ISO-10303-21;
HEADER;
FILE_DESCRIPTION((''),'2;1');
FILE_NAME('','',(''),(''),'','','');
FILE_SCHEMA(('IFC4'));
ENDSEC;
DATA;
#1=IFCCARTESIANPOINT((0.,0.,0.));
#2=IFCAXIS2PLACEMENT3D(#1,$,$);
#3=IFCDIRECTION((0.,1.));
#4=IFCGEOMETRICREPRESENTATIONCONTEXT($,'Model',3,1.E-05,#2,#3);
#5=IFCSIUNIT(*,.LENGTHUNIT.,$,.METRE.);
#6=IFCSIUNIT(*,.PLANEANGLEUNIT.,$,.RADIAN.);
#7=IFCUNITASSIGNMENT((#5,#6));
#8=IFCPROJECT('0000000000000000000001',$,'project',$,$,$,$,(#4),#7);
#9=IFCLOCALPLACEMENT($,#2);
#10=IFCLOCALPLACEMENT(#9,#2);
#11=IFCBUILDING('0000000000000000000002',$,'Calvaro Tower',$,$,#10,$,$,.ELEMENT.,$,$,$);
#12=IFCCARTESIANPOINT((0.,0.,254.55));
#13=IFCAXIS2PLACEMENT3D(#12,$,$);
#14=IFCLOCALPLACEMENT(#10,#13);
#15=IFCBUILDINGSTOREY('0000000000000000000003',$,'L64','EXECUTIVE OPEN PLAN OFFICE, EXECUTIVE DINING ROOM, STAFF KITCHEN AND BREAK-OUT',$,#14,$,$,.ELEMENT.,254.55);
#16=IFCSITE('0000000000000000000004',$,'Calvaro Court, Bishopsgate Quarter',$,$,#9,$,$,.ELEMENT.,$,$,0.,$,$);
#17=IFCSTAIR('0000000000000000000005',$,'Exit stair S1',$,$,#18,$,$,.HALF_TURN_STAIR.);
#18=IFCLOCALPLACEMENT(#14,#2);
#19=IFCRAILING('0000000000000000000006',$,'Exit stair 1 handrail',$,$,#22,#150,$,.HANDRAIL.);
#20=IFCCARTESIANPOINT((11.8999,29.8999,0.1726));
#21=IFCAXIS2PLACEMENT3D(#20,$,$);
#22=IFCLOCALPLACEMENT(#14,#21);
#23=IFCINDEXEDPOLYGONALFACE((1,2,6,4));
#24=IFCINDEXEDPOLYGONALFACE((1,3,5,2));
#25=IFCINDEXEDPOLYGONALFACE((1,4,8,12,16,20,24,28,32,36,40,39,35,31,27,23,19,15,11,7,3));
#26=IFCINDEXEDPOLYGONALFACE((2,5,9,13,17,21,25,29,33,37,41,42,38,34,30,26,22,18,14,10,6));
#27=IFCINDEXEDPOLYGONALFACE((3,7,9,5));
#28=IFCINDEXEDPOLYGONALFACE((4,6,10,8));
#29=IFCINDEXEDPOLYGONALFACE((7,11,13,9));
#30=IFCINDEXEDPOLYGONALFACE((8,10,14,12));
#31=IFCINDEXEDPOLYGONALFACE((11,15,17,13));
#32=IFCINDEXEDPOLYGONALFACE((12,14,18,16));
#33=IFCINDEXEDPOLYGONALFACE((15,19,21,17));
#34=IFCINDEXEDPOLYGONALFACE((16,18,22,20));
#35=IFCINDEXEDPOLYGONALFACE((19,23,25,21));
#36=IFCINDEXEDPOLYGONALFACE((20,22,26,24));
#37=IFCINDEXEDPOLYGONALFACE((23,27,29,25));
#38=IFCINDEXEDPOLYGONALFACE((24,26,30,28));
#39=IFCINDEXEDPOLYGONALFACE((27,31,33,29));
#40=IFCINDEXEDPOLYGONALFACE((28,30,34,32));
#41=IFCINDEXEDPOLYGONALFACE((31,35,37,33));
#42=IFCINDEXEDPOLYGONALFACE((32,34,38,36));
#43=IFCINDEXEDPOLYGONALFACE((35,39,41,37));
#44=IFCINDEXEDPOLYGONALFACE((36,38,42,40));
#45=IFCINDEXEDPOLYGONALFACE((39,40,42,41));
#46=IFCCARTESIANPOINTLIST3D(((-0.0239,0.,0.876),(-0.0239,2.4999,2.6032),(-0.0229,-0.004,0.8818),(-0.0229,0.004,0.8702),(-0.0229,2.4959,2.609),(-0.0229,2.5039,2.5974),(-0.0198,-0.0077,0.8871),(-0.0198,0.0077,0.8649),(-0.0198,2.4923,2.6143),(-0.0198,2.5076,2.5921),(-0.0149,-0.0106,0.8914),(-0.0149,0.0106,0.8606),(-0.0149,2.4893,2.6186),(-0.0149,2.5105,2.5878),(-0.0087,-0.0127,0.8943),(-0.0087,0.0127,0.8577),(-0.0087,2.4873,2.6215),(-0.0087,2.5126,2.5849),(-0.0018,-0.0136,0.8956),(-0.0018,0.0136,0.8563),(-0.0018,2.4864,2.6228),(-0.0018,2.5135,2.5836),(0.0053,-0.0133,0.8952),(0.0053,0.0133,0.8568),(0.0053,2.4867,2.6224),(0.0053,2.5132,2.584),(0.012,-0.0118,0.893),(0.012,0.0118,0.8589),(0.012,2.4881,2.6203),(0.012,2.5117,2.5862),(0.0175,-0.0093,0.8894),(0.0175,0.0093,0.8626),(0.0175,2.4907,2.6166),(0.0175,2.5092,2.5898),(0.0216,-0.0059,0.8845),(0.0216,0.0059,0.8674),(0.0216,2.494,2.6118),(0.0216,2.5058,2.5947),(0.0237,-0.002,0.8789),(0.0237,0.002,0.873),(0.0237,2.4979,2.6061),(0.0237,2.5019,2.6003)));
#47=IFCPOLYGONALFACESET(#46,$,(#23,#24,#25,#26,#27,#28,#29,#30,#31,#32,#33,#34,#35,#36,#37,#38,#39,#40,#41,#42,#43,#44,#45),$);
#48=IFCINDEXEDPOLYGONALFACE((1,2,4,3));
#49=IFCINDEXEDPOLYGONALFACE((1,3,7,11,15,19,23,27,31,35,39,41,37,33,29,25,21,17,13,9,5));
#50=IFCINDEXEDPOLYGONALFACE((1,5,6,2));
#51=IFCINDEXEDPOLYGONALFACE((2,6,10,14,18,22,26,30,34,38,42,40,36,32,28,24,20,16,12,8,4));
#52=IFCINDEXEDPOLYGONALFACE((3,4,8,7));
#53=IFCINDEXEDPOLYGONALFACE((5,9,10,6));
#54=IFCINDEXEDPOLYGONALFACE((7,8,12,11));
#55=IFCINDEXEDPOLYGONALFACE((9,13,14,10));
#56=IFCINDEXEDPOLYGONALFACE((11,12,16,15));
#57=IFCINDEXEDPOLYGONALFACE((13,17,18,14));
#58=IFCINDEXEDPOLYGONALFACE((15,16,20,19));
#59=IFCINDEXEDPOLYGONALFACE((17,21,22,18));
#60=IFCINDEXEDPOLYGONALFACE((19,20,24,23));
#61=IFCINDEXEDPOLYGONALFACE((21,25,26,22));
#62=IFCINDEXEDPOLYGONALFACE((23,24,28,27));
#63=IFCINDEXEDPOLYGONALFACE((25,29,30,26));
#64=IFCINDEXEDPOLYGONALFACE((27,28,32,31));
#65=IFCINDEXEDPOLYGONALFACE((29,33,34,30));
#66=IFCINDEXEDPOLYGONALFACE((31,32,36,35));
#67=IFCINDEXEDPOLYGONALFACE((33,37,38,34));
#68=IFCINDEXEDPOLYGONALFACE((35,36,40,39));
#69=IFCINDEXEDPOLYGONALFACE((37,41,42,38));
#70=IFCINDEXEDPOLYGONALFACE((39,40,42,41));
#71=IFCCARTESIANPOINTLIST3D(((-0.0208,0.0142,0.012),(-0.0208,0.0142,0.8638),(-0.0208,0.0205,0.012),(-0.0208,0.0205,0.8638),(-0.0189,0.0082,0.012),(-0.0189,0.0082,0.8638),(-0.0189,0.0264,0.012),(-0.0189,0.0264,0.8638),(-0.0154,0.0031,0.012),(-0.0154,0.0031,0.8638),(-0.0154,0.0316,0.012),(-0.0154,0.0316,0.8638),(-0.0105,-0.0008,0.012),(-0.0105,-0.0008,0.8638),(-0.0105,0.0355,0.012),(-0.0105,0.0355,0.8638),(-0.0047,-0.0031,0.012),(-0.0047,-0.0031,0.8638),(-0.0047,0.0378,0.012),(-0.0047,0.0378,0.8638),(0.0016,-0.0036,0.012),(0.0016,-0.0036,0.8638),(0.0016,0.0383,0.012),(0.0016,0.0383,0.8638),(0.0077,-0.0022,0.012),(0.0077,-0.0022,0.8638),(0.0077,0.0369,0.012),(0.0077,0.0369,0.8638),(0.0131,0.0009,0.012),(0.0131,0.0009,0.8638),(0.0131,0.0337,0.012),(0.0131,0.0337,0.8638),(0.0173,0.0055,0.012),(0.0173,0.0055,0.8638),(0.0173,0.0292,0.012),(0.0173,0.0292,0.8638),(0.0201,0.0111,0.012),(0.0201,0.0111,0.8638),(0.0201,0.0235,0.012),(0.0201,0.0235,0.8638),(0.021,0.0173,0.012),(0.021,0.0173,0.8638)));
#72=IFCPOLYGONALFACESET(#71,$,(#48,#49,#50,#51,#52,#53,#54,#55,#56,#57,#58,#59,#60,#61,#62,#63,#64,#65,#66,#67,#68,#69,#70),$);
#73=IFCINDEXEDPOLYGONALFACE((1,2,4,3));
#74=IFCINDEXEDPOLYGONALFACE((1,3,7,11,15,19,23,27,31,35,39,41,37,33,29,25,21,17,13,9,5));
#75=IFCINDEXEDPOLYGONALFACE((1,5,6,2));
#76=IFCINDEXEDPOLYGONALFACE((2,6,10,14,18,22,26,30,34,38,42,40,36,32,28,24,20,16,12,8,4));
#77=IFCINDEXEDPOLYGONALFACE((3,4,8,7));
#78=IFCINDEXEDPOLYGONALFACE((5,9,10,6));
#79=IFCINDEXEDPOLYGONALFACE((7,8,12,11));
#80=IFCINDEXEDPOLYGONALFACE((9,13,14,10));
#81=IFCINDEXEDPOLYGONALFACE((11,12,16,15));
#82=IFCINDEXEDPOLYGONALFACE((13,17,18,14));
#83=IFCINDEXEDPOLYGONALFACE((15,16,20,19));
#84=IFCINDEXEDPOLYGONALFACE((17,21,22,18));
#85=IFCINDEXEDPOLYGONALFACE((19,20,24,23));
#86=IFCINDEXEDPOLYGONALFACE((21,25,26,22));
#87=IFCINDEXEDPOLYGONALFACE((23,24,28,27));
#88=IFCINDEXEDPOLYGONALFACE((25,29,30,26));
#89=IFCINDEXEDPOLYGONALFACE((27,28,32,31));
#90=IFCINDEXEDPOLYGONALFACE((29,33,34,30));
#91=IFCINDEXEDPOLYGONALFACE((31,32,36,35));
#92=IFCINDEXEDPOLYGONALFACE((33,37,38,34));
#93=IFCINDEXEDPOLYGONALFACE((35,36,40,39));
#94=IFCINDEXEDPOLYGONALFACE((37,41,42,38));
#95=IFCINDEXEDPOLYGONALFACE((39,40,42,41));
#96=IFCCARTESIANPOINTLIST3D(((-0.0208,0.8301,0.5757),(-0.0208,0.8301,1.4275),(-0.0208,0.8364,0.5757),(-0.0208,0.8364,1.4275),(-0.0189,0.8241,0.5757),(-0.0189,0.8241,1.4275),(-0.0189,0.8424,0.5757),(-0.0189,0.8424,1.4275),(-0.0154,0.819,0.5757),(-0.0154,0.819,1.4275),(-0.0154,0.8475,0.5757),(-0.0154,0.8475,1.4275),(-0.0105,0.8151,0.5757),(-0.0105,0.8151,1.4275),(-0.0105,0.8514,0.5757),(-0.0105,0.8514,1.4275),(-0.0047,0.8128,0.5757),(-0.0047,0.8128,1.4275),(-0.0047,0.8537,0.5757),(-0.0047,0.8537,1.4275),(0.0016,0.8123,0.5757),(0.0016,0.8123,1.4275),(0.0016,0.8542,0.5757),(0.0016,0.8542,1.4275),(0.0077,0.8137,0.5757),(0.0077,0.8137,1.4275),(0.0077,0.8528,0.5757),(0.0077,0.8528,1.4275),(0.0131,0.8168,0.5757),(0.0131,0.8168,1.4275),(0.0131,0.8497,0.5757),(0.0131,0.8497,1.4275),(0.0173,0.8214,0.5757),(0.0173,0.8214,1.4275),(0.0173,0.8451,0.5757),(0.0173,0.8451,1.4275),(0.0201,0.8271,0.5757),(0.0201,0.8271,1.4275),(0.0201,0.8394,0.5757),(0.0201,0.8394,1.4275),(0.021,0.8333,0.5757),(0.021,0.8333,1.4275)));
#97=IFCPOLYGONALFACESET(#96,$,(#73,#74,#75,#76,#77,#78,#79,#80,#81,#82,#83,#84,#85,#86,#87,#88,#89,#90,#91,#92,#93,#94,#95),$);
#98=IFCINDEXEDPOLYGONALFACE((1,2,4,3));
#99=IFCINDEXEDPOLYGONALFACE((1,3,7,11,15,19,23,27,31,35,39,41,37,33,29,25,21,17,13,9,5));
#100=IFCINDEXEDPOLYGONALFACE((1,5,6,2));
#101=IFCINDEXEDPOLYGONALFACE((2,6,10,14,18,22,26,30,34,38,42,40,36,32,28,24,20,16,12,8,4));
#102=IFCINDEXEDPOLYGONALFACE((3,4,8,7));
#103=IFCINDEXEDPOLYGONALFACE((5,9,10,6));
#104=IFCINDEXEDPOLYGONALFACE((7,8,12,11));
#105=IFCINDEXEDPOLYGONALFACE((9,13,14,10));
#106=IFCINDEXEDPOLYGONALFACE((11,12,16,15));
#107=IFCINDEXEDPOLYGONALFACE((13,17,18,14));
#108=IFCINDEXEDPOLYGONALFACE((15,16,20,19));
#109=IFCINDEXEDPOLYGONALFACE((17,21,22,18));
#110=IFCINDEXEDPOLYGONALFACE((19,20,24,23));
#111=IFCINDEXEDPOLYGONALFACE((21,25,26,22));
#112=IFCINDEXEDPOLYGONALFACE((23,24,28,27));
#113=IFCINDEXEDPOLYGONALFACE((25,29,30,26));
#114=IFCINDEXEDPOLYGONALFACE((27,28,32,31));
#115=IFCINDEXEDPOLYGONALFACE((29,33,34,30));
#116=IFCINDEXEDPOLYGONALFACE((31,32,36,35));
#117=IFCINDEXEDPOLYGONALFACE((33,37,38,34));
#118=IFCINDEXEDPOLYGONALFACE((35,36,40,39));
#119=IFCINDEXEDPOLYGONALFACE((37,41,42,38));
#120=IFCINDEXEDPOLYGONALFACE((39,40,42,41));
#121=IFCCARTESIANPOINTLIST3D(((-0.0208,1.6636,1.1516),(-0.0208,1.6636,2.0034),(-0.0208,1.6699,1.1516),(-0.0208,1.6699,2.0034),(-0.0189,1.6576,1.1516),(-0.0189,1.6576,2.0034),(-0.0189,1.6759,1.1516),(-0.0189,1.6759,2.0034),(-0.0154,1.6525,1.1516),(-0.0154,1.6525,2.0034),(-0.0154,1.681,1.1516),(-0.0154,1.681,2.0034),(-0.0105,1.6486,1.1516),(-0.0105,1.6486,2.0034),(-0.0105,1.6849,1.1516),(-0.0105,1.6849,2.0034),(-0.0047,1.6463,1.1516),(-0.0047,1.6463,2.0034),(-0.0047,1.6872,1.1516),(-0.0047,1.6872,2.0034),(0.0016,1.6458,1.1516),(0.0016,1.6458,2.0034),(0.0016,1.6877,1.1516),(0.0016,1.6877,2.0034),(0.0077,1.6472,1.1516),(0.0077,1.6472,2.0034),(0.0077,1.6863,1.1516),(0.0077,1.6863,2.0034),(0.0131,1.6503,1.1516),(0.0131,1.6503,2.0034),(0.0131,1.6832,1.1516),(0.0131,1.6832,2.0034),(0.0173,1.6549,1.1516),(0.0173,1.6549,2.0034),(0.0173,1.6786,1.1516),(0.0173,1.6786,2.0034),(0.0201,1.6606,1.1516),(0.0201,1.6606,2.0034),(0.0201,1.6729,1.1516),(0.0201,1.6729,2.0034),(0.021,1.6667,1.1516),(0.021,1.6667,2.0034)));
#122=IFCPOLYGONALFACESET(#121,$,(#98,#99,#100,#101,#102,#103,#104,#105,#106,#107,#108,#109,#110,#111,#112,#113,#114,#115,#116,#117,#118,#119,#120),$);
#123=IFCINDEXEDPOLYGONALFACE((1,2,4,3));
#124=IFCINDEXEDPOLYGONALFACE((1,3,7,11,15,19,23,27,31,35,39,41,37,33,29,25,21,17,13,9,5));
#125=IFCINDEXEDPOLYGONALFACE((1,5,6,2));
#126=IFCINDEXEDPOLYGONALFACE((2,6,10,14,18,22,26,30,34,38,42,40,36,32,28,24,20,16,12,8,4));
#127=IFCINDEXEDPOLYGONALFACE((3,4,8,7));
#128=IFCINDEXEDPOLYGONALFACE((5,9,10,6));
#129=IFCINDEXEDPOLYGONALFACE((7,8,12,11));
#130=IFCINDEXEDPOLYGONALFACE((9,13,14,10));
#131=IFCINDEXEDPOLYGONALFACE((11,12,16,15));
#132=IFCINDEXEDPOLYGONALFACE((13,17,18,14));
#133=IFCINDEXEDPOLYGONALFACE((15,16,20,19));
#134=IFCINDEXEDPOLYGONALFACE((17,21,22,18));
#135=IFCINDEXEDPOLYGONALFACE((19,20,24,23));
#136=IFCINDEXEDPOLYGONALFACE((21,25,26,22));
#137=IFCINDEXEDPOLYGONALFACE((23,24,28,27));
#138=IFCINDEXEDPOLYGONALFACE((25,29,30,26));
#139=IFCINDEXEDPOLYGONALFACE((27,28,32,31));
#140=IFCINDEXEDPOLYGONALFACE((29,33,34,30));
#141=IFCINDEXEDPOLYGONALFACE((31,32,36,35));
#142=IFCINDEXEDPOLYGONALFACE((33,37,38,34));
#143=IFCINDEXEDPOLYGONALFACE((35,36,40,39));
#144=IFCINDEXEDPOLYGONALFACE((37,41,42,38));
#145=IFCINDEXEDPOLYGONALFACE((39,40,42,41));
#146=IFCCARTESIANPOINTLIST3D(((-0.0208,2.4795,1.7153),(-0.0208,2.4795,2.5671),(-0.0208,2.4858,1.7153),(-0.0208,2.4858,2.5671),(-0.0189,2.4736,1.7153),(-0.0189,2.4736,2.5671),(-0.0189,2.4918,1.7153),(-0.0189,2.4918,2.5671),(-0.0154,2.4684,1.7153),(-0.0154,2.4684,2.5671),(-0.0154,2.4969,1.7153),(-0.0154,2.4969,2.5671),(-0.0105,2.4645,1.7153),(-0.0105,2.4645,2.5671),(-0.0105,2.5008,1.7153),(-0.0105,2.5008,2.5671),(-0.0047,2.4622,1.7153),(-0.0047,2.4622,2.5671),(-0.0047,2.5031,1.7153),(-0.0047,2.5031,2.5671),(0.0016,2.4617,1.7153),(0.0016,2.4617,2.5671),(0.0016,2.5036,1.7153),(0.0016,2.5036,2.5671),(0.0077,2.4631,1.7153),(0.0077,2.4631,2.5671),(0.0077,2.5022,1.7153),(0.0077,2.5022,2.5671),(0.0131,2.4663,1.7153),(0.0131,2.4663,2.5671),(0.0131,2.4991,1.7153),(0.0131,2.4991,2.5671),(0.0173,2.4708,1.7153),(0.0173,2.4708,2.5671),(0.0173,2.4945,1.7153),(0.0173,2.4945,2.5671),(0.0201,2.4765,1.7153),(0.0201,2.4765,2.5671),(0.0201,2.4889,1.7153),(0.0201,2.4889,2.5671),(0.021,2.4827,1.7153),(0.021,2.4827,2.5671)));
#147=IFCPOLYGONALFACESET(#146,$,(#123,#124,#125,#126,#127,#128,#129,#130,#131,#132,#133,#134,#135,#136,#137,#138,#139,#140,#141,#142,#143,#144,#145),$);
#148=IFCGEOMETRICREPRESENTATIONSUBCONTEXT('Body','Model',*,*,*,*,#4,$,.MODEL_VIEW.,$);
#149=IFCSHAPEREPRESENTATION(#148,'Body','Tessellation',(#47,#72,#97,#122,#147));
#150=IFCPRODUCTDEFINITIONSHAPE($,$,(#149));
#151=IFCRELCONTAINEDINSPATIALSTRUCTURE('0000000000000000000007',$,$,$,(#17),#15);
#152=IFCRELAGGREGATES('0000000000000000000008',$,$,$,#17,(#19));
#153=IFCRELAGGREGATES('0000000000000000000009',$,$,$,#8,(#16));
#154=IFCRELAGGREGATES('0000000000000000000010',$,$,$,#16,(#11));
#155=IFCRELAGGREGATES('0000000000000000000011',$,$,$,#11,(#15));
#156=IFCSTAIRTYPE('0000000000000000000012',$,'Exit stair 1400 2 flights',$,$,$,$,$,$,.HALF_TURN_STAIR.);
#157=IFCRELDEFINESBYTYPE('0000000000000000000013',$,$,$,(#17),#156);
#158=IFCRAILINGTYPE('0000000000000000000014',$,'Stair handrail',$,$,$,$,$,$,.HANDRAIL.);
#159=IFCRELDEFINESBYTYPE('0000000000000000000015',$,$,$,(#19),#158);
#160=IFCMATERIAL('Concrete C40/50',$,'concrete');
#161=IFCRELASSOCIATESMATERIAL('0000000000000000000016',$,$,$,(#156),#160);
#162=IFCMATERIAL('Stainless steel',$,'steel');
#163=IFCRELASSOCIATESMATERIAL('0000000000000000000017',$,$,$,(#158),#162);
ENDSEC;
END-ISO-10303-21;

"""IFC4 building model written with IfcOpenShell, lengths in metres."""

from ifc_helpers import new_model, si_unit, direction, frame, origin, origin_2d, place, context, subcontext, project, spatial, circle, extrude, material, type_object, element, aggregate, save


model = new_model("IFC4")

# Units and contexts
model_context = context("Model", 3, precision=1e-05, world=origin(), true_north=direction((0.0, 1.0)))
body_context = subcontext(model_context, "Body", "Model", "MODEL_VIEW")
ifc_project = project(units=[si_unit("LENGTHUNIT", "METRE"), si_unit("PLANEANGLEUNIT", "RADIAN")], contexts=[model_context])

# Site, building, storey
site_placement = place(None, origin())
site = spatial("IfcSite", under=ifc_project, at=site_placement, Name="Calvaro Court, Bishopsgate Quarter", CompositionType="ELEMENT", RefElevation=0.0)
building_placement = place(site_placement, origin())
building = spatial("IfcBuilding", under=site, at=building_placement, Name="Calvaro Tower", CompositionType="ELEMENT")
storey_placement = place(building_placement, frame((0.0, 0.0, 254.55)))
storey = spatial("IfcBuildingStorey", under=building, at=storey_placement, Name="L64", Description="EXECUTIVE OPEN PLAN OFFICE, EXECUTIVE DINING ROOM, STAFF KITCHEN AND BREAK-OUT", CompositionType="ELEMENT", Elevation=254.55)

# Stair, railing
ifc_material_1 = material(Name="Concrete C40/50", Category="concrete")
stair_type = type_object("IfcStairType", Name="Exit stair 1400 2 flights", PredefinedType="HALF_TURN_STAIR", material=ifc_material_1)
stair_placement = place(storey_placement, origin())
stair = element("IfcStair", 1, at=stair_placement, inside=storey, type_object=stair_type, Name="Exit stair S1", PredefinedType="HALF_TURN_STAIR")
ifc_material_2 = material(Name="Stainless steel", Category="steel")
railing_type = type_object("IfcRailingType", Name="Stair handrail", PredefinedType="HANDRAIL", material=ifc_material_2)
railing_1_placement = place(storey_placement, frame((11.8999, 29.8999, 0.1726)))
railing_1 = element("IfcRailing", 2, at=railing_1_placement, type_object=railing_type, Name="Exit stair 1 handrail", PredefinedType="HANDRAIL", context=body_context, shape_type="SweptSolid", body=[
    extrude(circle(Radius=0.0239, at=origin_2d()), frame((0.0, 0.0, 0.876), z_axis=(0.0, 0.822727, 0.568437), x_axis=(-1.0, 0.0, 0.0)), (0.0, 0.0, 1.0), 3.0386),
    extrude(circle(Radius=0.021, at=origin_2d()), frame((0.0, 0.0173, 0.012)), (0.0, 0.0, 1.0), 0.8518),
    extrude(circle(Radius=0.021, at=origin_2d()), frame((0.0, 0.8333, 0.5757)), (0.0, 0.0, 1.0), 0.8518),
    extrude(circle(Radius=0.021, at=origin_2d()), frame((0.0, 1.6667, 1.1516)), (0.0, 0.0, 1.0), 0.8518),
    extrude(circle(Radius=0.021, at=origin_2d()), frame((0.0, 2.4827, 1.7153)), (0.0, 0.0, 1.0), 0.8518),
])
aggregate(stair, [railing_1])

save(model, "model.ifc")
